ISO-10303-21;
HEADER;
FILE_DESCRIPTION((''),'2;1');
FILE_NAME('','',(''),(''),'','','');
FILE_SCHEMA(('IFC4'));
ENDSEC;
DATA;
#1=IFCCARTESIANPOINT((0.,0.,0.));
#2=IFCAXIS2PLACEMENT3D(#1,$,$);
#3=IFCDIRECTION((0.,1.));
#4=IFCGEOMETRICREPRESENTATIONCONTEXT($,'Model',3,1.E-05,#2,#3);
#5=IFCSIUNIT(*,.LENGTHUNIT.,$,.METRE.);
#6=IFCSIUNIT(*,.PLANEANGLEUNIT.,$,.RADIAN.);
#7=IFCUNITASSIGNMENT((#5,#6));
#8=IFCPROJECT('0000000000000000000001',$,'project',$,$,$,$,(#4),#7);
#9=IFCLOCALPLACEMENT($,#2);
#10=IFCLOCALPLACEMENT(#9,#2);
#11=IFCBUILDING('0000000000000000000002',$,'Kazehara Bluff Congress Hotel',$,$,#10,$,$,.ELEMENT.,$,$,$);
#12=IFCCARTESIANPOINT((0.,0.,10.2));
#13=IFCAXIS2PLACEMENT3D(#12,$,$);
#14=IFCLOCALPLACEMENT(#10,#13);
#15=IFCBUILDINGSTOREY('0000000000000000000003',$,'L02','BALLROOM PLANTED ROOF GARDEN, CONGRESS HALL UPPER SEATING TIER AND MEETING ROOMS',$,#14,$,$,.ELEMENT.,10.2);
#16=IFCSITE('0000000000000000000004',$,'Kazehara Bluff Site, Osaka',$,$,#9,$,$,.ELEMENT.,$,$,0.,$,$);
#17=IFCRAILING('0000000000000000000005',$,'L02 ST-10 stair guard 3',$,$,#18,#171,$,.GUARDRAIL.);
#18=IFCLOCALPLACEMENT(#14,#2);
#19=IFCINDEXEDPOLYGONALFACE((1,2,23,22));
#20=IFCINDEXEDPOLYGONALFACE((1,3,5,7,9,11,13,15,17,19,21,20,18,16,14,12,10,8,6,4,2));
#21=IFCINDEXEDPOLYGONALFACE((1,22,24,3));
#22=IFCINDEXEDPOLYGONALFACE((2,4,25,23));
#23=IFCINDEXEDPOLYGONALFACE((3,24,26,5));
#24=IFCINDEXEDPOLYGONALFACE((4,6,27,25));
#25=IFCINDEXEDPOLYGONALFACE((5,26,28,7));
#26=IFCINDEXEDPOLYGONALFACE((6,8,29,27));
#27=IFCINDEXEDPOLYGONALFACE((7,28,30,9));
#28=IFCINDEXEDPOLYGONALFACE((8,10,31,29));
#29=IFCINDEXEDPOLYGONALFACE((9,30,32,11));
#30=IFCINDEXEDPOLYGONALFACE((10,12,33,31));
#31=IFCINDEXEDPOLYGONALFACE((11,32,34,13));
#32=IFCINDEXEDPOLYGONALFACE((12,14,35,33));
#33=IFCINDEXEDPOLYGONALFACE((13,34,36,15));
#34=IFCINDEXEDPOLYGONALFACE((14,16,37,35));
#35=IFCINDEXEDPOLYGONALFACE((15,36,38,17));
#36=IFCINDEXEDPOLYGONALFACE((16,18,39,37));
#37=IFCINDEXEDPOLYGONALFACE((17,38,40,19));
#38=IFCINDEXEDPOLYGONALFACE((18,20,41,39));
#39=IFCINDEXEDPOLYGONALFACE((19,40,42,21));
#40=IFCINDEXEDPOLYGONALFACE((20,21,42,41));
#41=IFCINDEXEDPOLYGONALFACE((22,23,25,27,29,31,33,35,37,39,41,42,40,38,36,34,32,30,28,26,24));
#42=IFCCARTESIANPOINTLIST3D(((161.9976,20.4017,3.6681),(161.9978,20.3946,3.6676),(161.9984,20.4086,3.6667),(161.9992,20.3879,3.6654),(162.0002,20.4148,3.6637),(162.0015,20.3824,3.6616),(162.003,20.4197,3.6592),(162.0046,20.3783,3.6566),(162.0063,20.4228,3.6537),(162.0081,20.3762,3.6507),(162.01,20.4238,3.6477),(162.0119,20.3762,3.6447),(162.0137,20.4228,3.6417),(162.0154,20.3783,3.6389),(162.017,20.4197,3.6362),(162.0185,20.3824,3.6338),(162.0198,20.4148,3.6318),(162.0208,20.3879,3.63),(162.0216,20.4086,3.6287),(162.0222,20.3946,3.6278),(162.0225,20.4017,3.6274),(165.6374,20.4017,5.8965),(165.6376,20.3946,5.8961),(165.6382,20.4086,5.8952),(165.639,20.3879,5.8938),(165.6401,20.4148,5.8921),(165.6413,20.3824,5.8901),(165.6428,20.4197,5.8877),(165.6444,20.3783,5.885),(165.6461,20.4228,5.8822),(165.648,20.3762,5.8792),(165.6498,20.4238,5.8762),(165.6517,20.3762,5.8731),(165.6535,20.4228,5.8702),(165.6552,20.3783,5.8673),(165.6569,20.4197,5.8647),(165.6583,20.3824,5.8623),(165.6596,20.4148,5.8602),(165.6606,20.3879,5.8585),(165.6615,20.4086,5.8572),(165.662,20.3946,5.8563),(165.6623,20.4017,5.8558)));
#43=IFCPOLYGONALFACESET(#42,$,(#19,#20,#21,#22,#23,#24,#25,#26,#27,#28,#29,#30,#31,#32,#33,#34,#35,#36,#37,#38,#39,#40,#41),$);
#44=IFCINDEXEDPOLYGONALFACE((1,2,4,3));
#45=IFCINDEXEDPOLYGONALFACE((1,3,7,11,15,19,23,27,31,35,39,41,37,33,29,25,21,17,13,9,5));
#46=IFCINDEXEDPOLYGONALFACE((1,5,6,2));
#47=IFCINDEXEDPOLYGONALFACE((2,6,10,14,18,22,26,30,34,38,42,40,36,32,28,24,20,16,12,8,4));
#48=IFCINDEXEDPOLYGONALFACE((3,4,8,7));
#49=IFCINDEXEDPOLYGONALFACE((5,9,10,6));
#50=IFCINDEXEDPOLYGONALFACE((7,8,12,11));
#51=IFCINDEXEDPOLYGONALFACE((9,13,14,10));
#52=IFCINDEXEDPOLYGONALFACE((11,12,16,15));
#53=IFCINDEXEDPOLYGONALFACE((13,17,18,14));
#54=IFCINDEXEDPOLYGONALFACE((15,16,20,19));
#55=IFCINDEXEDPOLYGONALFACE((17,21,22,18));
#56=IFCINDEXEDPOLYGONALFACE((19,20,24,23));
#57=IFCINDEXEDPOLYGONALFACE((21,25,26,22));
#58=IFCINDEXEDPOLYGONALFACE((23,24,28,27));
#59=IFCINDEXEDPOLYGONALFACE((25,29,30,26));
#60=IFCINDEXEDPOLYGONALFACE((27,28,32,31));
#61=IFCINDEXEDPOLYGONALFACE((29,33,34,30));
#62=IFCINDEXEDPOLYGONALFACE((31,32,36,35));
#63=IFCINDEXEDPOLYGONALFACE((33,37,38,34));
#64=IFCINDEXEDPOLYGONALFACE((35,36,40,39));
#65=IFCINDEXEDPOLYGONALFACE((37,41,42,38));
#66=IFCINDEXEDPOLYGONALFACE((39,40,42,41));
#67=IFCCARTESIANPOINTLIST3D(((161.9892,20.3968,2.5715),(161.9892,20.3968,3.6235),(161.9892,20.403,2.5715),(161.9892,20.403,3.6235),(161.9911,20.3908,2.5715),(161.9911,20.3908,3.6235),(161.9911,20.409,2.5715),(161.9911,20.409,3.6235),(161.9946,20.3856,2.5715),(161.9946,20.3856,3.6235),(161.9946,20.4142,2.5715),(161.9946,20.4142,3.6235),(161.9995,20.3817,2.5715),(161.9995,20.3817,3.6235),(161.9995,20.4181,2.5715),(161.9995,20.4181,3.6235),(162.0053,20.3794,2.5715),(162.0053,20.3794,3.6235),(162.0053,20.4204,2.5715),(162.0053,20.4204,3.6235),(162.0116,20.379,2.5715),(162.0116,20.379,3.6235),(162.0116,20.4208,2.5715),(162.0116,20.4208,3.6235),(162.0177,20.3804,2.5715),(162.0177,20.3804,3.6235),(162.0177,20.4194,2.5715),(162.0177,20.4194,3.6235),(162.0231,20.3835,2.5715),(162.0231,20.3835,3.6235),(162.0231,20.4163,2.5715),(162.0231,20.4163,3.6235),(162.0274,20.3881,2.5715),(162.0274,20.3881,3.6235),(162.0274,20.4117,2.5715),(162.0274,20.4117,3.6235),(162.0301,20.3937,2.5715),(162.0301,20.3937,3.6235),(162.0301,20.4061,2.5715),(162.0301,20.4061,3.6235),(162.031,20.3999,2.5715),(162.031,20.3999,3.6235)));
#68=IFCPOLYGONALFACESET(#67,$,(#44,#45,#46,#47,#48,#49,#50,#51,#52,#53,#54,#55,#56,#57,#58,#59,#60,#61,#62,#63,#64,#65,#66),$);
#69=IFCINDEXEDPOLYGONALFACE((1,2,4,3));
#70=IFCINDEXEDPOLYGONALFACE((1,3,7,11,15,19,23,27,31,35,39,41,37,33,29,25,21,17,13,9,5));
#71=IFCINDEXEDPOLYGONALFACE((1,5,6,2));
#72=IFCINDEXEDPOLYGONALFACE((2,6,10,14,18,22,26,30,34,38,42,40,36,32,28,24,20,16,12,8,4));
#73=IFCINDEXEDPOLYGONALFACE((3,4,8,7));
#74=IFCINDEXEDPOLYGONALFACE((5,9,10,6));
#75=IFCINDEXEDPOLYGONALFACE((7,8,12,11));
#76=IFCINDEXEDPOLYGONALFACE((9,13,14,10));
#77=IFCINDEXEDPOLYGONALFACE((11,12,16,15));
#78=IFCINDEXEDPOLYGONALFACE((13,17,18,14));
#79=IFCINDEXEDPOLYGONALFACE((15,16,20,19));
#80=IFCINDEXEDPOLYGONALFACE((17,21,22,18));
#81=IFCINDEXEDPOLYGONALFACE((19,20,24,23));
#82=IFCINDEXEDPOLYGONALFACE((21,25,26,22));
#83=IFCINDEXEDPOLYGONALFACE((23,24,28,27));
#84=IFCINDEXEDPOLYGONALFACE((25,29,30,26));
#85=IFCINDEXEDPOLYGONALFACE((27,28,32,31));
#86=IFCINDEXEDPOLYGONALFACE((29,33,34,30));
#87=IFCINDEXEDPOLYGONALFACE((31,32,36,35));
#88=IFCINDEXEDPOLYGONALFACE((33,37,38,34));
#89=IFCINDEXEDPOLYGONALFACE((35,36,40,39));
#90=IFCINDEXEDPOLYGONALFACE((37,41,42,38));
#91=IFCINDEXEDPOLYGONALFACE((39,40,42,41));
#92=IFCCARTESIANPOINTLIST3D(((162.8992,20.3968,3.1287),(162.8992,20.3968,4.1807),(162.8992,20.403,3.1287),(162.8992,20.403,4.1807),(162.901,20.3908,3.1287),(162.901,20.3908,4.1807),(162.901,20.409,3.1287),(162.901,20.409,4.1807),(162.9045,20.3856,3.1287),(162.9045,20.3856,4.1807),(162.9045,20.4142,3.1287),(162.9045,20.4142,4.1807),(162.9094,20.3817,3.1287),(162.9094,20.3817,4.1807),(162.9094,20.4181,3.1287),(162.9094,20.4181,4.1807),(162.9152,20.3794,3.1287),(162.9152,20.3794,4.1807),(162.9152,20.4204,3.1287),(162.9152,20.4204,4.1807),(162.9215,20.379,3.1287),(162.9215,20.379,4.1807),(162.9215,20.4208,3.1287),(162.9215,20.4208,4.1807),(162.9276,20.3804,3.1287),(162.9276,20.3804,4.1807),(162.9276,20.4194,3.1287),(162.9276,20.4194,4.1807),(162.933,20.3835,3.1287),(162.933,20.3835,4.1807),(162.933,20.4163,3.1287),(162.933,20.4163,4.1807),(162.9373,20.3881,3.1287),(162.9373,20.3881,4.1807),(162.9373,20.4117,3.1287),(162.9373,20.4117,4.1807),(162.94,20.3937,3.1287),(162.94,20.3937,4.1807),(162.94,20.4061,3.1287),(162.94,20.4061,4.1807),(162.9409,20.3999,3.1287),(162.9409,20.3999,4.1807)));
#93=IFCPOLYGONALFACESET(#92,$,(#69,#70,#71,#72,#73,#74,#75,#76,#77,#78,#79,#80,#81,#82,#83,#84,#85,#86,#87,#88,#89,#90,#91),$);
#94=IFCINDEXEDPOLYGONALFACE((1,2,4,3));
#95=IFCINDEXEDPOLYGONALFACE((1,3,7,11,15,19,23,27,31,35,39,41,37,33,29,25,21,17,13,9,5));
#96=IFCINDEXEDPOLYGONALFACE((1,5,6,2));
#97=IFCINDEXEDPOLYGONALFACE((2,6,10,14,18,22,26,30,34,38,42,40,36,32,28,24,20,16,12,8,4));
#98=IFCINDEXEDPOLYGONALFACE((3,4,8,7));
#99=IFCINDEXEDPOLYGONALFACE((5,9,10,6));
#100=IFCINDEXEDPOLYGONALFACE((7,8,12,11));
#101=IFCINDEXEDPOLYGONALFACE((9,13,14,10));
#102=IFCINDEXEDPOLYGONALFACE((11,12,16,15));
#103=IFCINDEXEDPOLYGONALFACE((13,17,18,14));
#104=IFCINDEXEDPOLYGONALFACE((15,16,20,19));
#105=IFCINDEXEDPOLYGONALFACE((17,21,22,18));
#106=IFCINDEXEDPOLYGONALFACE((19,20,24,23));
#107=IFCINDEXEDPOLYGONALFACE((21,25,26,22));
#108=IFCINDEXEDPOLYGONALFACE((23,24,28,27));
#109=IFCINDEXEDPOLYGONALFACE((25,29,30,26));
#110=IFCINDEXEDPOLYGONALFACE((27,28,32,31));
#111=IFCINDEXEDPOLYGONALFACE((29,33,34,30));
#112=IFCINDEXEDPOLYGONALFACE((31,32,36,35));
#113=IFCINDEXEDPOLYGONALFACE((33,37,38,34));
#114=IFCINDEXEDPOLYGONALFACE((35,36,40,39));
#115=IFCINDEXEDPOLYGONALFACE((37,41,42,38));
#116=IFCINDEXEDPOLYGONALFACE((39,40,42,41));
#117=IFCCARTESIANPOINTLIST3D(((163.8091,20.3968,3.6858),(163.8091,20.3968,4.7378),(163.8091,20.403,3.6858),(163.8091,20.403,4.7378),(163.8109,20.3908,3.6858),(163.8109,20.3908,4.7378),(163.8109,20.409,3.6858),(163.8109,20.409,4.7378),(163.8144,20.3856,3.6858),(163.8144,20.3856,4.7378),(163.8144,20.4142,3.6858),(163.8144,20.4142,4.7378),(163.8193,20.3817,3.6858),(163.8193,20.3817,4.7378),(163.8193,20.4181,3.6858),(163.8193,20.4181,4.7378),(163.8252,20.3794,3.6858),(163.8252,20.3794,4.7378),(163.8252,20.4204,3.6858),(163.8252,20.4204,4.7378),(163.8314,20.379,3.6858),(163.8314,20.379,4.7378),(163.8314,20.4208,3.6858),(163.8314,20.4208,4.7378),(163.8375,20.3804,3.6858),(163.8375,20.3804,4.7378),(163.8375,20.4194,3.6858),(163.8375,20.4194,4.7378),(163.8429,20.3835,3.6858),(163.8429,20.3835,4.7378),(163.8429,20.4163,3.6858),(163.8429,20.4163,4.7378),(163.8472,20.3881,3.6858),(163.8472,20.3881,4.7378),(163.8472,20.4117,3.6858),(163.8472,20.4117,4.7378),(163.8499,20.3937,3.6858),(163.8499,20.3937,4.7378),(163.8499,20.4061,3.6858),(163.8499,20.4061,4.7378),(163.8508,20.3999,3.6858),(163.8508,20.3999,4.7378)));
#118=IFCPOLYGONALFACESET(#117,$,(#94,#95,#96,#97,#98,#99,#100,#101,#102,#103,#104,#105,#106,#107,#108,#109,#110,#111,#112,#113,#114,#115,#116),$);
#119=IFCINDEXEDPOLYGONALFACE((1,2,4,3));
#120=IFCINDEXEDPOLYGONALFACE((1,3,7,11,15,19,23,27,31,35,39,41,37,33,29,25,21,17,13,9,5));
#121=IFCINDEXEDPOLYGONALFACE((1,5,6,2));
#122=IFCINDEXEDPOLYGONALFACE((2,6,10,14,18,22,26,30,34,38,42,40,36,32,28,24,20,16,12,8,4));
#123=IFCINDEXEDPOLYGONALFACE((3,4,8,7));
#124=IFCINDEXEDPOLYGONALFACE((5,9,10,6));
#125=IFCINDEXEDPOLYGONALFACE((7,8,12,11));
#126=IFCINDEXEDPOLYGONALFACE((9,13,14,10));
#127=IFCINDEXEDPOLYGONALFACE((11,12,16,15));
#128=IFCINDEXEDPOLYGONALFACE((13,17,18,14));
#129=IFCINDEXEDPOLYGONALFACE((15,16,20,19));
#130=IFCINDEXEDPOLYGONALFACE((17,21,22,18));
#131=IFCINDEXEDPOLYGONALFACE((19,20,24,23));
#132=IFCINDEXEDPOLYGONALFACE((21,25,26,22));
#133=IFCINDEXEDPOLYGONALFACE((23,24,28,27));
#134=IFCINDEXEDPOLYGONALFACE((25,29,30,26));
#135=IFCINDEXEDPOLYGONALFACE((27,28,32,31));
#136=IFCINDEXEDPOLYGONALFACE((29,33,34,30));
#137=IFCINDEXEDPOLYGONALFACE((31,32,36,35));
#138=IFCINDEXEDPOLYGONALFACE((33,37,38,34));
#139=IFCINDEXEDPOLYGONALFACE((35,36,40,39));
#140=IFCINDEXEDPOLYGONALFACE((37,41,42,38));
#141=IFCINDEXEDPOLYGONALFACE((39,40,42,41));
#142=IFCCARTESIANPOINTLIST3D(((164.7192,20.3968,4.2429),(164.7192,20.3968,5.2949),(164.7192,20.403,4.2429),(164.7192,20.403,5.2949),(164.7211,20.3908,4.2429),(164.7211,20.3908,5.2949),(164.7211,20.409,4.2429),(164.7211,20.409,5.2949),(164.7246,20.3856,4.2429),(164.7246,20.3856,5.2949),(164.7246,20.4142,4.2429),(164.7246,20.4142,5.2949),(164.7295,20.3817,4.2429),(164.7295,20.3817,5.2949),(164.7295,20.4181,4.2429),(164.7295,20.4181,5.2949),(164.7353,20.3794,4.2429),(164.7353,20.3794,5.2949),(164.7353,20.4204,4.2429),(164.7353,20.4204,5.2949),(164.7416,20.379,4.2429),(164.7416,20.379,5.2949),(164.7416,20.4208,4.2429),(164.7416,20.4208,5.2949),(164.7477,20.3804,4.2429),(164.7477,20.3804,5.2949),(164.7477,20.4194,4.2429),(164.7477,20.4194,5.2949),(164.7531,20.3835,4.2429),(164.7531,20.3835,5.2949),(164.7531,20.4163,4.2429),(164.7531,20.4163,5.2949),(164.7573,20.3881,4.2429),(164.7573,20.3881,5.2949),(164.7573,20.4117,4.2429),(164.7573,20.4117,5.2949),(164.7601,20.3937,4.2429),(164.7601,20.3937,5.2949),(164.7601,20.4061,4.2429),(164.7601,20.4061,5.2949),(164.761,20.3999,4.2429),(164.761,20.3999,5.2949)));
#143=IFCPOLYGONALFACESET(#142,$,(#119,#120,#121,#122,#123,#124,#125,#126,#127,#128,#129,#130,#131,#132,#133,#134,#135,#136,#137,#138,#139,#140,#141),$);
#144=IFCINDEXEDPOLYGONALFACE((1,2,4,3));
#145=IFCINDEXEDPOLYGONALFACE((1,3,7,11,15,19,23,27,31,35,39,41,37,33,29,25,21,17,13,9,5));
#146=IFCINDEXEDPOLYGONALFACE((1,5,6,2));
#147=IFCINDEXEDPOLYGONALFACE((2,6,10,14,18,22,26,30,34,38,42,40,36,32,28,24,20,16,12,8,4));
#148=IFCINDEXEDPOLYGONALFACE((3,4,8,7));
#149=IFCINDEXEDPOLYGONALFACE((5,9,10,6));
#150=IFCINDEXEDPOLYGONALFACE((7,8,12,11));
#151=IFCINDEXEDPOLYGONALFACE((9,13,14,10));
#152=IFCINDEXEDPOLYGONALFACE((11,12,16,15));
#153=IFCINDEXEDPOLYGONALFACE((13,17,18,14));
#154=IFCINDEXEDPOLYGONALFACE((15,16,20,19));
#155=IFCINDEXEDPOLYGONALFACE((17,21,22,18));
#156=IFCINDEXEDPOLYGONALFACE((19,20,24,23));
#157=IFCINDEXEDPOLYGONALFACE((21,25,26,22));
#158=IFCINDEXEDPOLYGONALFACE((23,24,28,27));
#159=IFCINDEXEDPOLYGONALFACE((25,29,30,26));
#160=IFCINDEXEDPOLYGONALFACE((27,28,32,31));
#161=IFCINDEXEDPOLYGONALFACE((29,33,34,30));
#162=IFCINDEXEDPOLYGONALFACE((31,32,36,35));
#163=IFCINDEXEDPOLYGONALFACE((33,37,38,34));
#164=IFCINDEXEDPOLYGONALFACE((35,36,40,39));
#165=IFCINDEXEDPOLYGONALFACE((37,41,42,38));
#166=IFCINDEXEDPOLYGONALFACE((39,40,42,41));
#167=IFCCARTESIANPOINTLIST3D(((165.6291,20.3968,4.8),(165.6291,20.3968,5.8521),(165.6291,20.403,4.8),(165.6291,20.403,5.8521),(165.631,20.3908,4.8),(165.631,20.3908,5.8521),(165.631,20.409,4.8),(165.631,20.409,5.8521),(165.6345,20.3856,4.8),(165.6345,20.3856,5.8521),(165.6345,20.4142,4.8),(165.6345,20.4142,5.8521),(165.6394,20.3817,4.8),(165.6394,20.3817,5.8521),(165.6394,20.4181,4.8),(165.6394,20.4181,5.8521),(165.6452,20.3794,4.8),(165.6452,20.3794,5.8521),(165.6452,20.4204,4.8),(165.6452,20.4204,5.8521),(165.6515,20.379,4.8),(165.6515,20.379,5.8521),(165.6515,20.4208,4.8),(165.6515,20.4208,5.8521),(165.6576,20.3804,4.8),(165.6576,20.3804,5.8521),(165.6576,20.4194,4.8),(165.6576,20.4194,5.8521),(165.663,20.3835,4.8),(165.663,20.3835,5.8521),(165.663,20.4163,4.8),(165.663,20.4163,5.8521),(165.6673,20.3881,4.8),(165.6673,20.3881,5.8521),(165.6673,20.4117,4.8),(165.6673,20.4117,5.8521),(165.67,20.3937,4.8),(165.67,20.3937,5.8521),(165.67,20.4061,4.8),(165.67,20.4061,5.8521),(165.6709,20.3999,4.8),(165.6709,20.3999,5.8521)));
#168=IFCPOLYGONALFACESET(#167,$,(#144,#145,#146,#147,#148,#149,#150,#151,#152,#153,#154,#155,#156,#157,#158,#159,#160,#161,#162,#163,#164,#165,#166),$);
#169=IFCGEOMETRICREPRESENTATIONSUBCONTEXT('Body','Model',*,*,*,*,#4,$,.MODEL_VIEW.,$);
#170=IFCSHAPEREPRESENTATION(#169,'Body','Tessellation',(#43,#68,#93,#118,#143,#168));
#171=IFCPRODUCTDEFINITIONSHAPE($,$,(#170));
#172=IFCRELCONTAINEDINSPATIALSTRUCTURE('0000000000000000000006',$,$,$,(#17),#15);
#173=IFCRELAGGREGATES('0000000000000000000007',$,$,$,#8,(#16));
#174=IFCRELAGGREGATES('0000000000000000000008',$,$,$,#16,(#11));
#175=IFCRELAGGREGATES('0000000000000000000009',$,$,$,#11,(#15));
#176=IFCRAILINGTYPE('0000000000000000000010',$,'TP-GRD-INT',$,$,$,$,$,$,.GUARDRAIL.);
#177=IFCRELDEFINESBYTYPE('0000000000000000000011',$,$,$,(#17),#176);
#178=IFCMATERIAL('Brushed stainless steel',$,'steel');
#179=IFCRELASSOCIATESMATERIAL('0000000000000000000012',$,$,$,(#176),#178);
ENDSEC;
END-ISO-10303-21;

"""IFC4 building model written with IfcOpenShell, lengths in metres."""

from ifc_helpers import new_model, si_unit, direction, frame, origin, origin_2d, place, context, subcontext, project, spatial, circle, extrude, material, type_object, element, save


model = new_model("IFC4")

# Units and contexts
model_context = context("Model", 3, precision=1e-05, world=origin(), true_north=direction((0.0, 1.0)))
body_context = subcontext(model_context, "Body", "Model", "MODEL_VIEW")
ifc_project = project(units=[si_unit("LENGTHUNIT", "METRE"), si_unit("PLANEANGLEUNIT", "RADIAN")], contexts=[model_context])

# Site, building, storey
site_placement = place(None, origin())
site = spatial("IfcSite", under=ifc_project, at=site_placement, Name="Kazehara Bluff Site, Osaka", CompositionType="ELEMENT", RefElevation=0.0)
building_placement = place(site_placement, origin())
building = spatial("IfcBuilding", under=site, at=building_placement, Name="Kazehara Bluff Congress Hotel", CompositionType="ELEMENT")
storey_placement = place(building_placement, frame((0.0, 0.0, 10.2)))
storey = spatial("IfcBuildingStorey", under=building, at=storey_placement, Name="L02", Description="BALLROOM PLANTED ROOF GARDEN, CONGRESS HALL UPPER SEATING TIER AND MEETING ROOMS", CompositionType="ELEMENT", Elevation=10.2)

# Railing
ifc_material_1 = material(Name="Brushed stainless steel", Category="steel")
railing_type_1 = type_object("IfcRailingType", Name="TP-GRD-INT", PredefinedType="GUARDRAIL", material=ifc_material_1)
railing_1_placement = place(storey_placement, frame((162.01, 20.3999, 2.5715)))
element("IfcRailing", 1, at=railing_1_placement, inside=storey, type_object=railing_type_1, Name="L02 ST-10 stair guard 3", PredefinedType="GUARDRAIL", context=body_context, shape_type="SweptSolid", body=[
    extrude(circle(Radius=0.0239, at=origin_2d()), frame((0.0, 0.0, 1.0762), z_axis=(0.85285, 0.0, 0.522156), x_axis=(0.0, 1.0, 0.0)), (0.0, 0.0, 1.0), 4.2678),
    extrude(circle(Radius=0.021, at=origin_2d()), origin(), (0.0, 0.0, 1.0), 1.052),
    extrude(circle(Radius=0.021, at=origin_2d()), frame((0.9099, 0.0, 0.5571)), (0.0, 0.0, 1.0), 1.052),
    extrude(circle(Radius=0.021, at=origin_2d()), frame((1.8198, 0.0, 1.1143)), (0.0, 0.0, 1.0), 1.052),
    extrude(circle(Radius=0.021, at=origin_2d()), frame((2.73, 0.0, 1.6714)), (0.0, 0.0, 1.0), 1.052),
    extrude(circle(Radius=0.021, at=origin_2d()), frame((3.6399, 0.0, 2.2285)), (0.0, 0.0, 1.0), 1.052),
])

save(model, "model.ifc")
